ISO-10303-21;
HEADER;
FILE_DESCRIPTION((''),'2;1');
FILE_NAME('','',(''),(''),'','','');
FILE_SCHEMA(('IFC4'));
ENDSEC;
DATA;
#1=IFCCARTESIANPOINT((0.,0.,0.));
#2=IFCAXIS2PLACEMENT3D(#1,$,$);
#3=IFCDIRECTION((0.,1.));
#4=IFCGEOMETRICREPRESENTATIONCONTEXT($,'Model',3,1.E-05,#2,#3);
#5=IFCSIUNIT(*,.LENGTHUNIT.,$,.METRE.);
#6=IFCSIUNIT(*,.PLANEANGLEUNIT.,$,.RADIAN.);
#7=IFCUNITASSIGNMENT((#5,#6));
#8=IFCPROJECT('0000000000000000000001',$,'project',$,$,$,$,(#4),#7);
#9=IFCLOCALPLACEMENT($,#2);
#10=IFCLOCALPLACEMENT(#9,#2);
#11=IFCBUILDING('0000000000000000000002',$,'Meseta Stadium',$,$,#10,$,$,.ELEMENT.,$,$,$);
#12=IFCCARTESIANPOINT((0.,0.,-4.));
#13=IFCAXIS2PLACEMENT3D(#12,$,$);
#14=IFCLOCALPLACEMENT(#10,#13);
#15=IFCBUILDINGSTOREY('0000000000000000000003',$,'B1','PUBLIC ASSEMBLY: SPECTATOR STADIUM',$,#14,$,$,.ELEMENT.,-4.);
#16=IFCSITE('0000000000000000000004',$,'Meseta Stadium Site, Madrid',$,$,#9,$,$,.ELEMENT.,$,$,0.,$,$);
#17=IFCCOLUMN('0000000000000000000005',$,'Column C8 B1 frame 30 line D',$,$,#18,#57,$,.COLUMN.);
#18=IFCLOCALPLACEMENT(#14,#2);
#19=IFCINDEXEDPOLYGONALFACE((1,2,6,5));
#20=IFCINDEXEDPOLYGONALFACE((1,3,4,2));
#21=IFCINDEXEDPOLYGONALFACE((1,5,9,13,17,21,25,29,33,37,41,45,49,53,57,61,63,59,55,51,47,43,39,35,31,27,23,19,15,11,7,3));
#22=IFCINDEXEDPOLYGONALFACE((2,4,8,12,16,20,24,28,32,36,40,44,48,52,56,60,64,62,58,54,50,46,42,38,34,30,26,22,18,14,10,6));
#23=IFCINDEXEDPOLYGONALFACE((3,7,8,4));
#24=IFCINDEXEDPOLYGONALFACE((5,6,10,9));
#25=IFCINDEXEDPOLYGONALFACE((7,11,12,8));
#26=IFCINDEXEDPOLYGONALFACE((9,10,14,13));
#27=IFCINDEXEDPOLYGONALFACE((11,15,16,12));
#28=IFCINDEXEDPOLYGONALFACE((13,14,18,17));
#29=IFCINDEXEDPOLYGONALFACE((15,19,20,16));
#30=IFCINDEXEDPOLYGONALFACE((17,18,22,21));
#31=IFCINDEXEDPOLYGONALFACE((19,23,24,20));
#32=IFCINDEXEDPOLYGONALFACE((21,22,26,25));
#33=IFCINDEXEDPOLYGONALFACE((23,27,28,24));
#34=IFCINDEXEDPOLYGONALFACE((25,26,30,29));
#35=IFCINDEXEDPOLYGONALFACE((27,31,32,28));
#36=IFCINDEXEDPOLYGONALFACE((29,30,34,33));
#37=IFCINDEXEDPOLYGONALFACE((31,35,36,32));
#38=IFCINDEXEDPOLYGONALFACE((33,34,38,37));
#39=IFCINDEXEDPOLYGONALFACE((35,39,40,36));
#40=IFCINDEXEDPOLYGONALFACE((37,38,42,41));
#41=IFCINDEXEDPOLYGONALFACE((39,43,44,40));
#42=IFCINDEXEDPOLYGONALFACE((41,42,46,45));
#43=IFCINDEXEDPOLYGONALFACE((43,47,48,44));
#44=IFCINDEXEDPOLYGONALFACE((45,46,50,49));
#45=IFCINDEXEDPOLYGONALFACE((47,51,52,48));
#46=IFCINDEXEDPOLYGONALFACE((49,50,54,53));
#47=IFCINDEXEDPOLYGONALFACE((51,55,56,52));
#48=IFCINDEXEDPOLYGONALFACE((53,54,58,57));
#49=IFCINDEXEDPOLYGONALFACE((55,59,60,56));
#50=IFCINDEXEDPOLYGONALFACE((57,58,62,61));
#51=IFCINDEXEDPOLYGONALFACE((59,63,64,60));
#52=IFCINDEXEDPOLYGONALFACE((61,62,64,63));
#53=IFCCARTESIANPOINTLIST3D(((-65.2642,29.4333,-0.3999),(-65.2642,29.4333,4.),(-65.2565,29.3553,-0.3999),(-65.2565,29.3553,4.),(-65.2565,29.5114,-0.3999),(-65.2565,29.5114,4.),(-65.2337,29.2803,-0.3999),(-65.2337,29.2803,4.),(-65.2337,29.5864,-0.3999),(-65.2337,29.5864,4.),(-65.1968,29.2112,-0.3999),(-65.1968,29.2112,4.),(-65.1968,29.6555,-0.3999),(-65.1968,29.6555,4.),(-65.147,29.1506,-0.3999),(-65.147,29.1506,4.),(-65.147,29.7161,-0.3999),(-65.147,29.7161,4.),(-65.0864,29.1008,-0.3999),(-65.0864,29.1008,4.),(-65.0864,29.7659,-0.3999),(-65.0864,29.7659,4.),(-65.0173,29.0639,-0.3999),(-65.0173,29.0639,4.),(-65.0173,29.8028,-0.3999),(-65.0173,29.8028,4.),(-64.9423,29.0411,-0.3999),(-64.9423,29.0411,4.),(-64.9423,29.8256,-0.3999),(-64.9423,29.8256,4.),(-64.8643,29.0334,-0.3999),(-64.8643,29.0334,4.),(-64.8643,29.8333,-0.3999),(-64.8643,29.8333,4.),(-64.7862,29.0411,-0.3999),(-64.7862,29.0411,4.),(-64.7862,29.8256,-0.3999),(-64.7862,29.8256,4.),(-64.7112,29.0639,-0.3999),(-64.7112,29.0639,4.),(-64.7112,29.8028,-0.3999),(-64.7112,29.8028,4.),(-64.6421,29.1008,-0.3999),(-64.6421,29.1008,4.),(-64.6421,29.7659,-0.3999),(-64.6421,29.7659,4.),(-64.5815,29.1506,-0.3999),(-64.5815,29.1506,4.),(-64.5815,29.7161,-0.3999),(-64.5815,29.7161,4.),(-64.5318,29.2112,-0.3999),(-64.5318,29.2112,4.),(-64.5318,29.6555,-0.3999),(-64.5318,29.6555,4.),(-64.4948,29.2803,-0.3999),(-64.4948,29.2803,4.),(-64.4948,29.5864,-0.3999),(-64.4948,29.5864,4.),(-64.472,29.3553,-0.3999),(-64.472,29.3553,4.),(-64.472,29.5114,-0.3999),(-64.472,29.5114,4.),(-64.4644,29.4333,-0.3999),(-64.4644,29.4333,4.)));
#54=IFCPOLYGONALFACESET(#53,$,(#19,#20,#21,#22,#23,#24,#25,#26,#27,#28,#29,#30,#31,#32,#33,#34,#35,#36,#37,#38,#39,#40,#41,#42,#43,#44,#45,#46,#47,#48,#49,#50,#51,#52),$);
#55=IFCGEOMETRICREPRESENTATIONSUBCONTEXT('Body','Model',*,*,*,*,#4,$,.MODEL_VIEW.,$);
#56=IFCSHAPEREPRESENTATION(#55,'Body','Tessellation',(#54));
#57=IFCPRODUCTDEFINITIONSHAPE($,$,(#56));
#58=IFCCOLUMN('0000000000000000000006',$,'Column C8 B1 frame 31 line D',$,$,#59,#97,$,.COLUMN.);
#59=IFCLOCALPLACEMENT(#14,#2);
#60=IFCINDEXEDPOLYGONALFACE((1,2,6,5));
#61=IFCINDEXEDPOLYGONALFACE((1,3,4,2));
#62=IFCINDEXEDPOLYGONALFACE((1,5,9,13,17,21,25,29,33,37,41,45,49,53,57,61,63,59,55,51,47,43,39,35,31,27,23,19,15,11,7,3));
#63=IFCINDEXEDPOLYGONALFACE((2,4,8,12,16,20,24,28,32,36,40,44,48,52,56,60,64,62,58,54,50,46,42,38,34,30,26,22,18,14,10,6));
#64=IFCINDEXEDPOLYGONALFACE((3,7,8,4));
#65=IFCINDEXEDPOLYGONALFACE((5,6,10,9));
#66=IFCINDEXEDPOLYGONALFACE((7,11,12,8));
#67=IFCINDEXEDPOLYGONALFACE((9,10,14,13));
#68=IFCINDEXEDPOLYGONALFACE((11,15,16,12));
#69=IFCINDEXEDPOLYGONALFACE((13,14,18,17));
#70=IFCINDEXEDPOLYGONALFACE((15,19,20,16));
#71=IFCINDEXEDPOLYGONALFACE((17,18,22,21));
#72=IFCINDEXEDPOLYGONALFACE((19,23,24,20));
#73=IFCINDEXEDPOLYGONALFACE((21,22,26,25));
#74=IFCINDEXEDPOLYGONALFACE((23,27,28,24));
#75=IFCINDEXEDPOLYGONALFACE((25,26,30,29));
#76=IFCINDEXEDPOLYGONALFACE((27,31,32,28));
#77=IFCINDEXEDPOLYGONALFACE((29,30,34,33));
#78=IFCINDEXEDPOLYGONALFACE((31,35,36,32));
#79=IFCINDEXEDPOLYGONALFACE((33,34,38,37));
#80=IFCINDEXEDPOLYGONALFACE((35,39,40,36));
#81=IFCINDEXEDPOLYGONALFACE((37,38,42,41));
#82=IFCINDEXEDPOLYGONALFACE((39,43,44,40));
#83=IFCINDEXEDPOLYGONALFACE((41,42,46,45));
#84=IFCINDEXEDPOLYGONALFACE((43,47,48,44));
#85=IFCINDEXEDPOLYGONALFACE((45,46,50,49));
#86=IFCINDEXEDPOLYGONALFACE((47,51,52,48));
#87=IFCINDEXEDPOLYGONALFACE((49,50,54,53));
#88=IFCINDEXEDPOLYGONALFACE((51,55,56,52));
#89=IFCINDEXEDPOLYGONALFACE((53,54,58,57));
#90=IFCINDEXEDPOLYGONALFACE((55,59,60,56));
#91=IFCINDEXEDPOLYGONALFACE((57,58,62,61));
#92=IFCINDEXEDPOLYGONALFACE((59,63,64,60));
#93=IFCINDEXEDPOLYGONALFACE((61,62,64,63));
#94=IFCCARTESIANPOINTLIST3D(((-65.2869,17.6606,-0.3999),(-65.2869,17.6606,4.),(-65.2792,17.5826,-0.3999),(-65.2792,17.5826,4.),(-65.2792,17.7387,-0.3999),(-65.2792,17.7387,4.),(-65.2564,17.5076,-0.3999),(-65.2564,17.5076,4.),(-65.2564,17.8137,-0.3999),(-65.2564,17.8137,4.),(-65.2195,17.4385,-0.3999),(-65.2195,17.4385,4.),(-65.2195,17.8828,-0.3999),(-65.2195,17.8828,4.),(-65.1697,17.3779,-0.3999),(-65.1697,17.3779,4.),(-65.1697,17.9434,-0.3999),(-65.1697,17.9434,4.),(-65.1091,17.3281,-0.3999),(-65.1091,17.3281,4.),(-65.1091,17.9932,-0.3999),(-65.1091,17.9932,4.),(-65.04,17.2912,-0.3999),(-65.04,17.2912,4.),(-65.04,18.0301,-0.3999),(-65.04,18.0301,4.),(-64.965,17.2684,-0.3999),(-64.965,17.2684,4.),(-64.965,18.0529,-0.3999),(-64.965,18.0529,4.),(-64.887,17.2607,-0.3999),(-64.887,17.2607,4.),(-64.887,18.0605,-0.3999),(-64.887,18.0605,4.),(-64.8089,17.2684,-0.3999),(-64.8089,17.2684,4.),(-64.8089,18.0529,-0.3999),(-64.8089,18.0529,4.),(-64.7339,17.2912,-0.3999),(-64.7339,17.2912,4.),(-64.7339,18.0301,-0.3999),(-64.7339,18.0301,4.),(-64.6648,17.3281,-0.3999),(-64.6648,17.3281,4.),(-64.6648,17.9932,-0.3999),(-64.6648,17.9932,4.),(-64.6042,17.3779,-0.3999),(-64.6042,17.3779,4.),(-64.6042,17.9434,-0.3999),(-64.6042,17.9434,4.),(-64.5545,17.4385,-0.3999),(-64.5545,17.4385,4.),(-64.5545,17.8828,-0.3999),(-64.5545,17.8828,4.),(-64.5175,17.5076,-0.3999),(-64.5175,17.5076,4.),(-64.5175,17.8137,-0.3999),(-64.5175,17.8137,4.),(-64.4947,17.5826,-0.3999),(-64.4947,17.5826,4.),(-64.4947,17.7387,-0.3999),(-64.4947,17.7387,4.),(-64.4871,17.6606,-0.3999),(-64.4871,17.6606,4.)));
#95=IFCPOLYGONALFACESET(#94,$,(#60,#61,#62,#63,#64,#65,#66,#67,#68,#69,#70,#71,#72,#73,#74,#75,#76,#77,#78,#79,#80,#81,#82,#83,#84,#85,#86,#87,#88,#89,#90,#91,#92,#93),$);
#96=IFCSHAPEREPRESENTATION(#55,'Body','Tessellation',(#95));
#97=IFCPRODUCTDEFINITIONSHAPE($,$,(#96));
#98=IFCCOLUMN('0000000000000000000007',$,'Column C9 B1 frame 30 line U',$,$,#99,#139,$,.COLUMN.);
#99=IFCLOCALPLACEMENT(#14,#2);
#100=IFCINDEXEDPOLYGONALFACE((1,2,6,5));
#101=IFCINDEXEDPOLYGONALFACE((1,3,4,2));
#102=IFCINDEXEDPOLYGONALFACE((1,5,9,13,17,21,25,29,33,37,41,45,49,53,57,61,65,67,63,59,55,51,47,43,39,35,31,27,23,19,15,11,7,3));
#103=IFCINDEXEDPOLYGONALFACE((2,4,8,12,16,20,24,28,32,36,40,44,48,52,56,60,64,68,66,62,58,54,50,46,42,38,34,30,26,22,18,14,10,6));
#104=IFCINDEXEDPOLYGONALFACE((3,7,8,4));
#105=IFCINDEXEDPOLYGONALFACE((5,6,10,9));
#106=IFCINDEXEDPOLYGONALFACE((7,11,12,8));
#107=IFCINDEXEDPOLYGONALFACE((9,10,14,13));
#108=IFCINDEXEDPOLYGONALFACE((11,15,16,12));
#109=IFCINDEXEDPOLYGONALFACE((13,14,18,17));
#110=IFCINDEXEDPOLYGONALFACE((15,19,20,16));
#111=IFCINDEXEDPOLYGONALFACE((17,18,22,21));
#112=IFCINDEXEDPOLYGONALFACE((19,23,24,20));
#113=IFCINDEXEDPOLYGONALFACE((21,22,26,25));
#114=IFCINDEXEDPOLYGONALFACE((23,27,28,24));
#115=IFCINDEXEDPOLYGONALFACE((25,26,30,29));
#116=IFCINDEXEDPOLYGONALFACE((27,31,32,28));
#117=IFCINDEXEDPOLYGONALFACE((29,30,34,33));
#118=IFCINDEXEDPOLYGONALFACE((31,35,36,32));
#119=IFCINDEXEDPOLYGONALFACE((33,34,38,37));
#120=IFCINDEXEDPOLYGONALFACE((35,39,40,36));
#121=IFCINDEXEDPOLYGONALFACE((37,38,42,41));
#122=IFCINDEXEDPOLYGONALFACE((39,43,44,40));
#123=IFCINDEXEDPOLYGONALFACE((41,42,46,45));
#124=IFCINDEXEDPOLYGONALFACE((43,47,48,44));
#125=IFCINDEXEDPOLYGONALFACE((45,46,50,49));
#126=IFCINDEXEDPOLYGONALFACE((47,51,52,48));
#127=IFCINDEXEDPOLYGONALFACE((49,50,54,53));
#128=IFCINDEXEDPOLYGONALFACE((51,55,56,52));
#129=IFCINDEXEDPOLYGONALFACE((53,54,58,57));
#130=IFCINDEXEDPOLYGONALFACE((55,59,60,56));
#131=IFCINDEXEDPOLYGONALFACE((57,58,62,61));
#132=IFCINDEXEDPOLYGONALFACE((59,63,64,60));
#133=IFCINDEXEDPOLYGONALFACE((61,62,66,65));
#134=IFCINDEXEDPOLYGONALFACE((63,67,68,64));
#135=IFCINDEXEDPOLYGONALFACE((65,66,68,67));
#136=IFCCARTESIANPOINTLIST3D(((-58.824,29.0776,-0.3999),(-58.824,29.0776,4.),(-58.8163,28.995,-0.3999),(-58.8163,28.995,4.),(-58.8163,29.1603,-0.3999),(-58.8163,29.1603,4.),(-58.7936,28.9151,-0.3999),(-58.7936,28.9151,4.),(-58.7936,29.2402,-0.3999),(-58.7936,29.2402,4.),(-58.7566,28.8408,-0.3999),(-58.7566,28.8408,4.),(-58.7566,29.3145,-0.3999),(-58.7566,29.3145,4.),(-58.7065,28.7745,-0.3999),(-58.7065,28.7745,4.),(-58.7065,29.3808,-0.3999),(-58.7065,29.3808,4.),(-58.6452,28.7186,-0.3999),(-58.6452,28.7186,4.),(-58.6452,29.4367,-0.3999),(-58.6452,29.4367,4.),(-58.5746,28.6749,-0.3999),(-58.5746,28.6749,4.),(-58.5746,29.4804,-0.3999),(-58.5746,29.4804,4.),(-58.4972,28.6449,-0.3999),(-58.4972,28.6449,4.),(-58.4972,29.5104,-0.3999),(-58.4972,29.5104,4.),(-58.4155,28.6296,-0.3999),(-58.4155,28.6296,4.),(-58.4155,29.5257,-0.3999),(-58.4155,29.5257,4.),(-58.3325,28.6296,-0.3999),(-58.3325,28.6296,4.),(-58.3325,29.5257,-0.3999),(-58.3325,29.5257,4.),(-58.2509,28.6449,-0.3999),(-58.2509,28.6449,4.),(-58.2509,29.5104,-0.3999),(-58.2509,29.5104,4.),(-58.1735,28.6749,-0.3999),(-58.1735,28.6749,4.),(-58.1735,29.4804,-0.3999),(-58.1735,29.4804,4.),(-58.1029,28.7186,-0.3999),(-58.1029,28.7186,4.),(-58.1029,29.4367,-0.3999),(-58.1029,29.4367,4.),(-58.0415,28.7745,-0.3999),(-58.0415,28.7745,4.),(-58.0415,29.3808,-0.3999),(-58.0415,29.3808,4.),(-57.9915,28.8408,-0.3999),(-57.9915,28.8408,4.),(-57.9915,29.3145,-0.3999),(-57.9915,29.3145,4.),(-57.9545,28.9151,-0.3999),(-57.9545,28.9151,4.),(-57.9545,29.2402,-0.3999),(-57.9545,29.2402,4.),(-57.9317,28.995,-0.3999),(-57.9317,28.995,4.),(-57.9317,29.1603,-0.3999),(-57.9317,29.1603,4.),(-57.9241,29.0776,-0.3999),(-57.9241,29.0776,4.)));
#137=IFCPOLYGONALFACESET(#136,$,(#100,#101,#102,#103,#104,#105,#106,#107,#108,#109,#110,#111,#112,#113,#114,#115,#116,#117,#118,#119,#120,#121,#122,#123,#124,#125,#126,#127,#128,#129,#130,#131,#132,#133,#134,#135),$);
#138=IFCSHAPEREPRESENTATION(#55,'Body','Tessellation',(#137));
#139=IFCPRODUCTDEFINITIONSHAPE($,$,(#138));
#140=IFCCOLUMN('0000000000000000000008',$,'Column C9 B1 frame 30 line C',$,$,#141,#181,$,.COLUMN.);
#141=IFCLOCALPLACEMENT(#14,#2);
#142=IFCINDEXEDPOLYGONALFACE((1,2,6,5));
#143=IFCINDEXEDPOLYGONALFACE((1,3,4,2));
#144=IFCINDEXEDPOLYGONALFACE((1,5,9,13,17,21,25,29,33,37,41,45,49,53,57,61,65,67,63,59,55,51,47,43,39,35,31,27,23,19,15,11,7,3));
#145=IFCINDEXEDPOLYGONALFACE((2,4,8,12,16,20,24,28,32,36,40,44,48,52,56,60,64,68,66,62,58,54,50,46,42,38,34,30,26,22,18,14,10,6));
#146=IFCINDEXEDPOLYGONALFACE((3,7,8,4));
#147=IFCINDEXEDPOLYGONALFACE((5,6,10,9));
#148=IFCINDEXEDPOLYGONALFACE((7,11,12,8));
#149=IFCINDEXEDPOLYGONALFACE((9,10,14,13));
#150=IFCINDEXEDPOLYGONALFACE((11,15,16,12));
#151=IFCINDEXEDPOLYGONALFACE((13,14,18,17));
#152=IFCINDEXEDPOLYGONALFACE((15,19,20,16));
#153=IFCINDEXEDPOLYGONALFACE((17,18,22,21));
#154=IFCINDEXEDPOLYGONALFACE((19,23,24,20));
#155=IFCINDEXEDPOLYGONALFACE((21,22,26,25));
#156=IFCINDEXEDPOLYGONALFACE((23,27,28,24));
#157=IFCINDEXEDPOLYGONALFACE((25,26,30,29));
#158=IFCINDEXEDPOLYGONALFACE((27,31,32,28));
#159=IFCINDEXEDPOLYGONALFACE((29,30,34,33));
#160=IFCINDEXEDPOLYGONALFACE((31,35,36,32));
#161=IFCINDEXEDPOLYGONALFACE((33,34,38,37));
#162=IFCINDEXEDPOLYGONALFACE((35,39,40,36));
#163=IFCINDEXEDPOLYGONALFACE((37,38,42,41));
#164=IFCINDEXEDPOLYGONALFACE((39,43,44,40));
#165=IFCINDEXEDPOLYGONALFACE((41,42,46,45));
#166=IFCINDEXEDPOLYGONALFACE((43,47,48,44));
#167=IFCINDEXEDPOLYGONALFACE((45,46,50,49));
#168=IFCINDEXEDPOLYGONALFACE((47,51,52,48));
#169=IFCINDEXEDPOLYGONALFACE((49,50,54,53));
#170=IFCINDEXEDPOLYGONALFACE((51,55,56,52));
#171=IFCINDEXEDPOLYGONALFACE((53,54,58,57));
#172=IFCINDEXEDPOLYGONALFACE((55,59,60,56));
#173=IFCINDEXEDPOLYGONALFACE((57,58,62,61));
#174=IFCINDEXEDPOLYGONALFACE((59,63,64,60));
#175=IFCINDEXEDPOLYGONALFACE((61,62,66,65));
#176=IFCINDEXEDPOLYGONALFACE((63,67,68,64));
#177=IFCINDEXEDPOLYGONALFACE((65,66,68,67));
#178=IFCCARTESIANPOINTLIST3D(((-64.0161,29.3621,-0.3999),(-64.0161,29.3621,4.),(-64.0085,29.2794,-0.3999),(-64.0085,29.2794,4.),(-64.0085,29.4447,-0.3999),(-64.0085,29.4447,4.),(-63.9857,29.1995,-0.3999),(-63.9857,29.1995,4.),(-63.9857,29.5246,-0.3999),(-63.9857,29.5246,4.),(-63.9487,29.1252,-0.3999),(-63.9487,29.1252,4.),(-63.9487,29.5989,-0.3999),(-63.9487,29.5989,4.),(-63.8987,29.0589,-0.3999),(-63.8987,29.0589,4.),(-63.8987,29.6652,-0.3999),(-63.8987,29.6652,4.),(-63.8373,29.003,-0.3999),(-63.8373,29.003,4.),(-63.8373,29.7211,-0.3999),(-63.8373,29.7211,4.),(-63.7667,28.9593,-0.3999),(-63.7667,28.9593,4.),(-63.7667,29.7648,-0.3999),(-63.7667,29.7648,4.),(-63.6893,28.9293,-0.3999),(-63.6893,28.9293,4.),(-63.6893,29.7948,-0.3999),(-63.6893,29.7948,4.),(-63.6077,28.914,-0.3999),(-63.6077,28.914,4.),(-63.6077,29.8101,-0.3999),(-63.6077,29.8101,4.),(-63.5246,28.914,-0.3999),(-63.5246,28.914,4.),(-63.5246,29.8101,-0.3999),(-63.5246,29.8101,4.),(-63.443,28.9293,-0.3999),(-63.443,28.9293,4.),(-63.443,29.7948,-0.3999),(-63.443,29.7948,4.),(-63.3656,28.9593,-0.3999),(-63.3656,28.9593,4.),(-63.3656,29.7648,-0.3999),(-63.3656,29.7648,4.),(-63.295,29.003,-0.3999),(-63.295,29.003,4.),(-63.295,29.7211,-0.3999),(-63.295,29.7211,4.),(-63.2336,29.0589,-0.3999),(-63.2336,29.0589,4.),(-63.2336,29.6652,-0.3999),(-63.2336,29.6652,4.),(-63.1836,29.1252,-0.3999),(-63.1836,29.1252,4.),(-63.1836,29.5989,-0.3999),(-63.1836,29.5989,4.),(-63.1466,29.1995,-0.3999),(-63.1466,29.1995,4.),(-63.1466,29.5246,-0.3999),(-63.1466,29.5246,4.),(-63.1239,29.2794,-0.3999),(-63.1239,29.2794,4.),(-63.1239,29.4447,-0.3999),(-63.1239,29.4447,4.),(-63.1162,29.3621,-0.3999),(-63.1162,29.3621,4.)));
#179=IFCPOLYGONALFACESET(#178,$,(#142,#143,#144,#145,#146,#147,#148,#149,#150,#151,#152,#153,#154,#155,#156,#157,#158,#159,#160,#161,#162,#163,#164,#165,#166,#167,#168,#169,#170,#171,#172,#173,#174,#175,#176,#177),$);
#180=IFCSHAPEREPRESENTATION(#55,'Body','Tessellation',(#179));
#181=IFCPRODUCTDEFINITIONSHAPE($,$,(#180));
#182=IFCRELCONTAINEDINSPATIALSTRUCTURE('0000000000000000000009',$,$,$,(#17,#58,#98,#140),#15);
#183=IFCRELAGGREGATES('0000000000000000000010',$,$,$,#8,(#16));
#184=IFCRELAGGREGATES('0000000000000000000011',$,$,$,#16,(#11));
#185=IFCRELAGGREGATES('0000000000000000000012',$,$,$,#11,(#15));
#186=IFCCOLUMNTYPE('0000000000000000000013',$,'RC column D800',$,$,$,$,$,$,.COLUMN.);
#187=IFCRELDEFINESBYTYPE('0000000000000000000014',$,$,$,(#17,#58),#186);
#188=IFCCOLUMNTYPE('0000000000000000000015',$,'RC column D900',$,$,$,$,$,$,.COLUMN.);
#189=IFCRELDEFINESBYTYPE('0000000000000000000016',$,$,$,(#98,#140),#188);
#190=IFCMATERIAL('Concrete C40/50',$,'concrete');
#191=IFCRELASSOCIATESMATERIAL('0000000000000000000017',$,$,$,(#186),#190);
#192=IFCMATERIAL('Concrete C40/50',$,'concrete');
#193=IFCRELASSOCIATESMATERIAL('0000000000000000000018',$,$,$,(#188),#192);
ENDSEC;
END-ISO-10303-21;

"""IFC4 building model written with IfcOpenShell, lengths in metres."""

from ifc_helpers import new_model, si_unit, direction, frame, origin, origin_2d, place, context, subcontext, project, spatial, circle, extrude, material, material_profile, profile_set, type_object, element, save


model = new_model("IFC4")

# Units and contexts
model_context = context("Model", 3, precision=1e-05, world=origin(), true_north=direction((0.0, 1.0)))
body_context = subcontext(model_context, "Body", "Model", "MODEL_VIEW")
ifc_project = project(units=[si_unit("LENGTHUNIT", "METRE"), si_unit("PLANEANGLEUNIT", "RADIAN")], contexts=[model_context])

# Site, building, storey
site_placement = place(None, origin())
site = spatial("IfcSite", under=ifc_project, at=site_placement, Name="Meseta Stadium Site, Madrid", CompositionType="ELEMENT", RefElevation=0.0)
building_placement = place(site_placement, origin())
building = spatial("IfcBuilding", under=site, at=building_placement, Name="Meseta Stadium", CompositionType="ELEMENT")
storey_placement = place(building_placement, frame((0.0, 0.0, -4.0)))
storey = spatial("IfcBuildingStorey", under=building, at=storey_placement, Name="B1", Description="PUBLIC ASSEMBLY: SPECTATOR STADIUM", CompositionType="ELEMENT", Elevation=-4.0)

# Columns
ifc_material_1 = material(Name="Concrete C40/50", Category="concrete")
ifc_material_profile_1 = material_profile(ifc_material_1, circle(Radius=0.3999, at=origin_2d()), Name="RC D800")
ifc_profile_set_1 = profile_set([ifc_material_profile_1], Name="Concrete C40/50")
column_type_1 = type_object("IfcColumnType", Name="RC column D800", PredefinedType="COLUMN", material=ifc_profile_set_1)
for number, where, z_axis, x_axis, name in (
    (1, (-64.8643, 29.4333, -0.3999), (0.0, 0.0, 1.0), (1.0, 0.0, 0.0), "Column C8 B1 frame 30 line D"),
    (2, (-64.887, 17.6606, -0.3999), (0.0, 0.0, 1.0), (1.0, 0.0, 0.0), "Column C8 B1 frame 31 line D"),
):
    element("IfcColumn", number, at=place(storey_placement, frame(where, z_axis=z_axis, x_axis=x_axis)), inside=storey, type_object=column_type_1, Name=name, PredefinedType="COLUMN", context=body_context, shape_type="SweptSolid", body=[
        extrude(circle(Radius=0.3999, at=origin_2d()), origin(), (0.0, 0.0, 1.0), 4.3999),
    ])
ifc_material_2 = material(Name="Concrete C40/50", Category="concrete")
ifc_material_profile_2 = material_profile(ifc_material_2, circle(Radius=0.45, at=origin_2d()), Name="RC D900")
ifc_profile_set_2 = profile_set([ifc_material_profile_2], Name="Concrete C40/50")
column_type_2 = type_object("IfcColumnType", Name="RC column D900", PredefinedType="COLUMN", material=ifc_profile_set_2)
for number, where, z_axis, x_axis, name in (
    (3, (-58.374, 29.0776, -0.3999), (0.0, 0.0, 1.0), (1.0, 0.0, 0.0), "Column C9 B1 frame 30 line U"),
    (4, (-63.5662, 29.3621, -0.3999), (0.0, 0.0, 1.0), (1.0, 0.0, 0.0), "Column C9 B1 frame 30 line C"),
):
    element("IfcColumn", number, at=place(storey_placement, frame(where, z_axis=z_axis, x_axis=x_axis)), inside=storey, type_object=column_type_2, Name=name, PredefinedType="COLUMN", context=body_context, shape_type="SweptSolid", body=[
        extrude(circle(Radius=0.45, at=origin_2d()), origin(), (0.0, 0.0, 1.0), 4.3999),
    ])

save(model, "model.ifc")
